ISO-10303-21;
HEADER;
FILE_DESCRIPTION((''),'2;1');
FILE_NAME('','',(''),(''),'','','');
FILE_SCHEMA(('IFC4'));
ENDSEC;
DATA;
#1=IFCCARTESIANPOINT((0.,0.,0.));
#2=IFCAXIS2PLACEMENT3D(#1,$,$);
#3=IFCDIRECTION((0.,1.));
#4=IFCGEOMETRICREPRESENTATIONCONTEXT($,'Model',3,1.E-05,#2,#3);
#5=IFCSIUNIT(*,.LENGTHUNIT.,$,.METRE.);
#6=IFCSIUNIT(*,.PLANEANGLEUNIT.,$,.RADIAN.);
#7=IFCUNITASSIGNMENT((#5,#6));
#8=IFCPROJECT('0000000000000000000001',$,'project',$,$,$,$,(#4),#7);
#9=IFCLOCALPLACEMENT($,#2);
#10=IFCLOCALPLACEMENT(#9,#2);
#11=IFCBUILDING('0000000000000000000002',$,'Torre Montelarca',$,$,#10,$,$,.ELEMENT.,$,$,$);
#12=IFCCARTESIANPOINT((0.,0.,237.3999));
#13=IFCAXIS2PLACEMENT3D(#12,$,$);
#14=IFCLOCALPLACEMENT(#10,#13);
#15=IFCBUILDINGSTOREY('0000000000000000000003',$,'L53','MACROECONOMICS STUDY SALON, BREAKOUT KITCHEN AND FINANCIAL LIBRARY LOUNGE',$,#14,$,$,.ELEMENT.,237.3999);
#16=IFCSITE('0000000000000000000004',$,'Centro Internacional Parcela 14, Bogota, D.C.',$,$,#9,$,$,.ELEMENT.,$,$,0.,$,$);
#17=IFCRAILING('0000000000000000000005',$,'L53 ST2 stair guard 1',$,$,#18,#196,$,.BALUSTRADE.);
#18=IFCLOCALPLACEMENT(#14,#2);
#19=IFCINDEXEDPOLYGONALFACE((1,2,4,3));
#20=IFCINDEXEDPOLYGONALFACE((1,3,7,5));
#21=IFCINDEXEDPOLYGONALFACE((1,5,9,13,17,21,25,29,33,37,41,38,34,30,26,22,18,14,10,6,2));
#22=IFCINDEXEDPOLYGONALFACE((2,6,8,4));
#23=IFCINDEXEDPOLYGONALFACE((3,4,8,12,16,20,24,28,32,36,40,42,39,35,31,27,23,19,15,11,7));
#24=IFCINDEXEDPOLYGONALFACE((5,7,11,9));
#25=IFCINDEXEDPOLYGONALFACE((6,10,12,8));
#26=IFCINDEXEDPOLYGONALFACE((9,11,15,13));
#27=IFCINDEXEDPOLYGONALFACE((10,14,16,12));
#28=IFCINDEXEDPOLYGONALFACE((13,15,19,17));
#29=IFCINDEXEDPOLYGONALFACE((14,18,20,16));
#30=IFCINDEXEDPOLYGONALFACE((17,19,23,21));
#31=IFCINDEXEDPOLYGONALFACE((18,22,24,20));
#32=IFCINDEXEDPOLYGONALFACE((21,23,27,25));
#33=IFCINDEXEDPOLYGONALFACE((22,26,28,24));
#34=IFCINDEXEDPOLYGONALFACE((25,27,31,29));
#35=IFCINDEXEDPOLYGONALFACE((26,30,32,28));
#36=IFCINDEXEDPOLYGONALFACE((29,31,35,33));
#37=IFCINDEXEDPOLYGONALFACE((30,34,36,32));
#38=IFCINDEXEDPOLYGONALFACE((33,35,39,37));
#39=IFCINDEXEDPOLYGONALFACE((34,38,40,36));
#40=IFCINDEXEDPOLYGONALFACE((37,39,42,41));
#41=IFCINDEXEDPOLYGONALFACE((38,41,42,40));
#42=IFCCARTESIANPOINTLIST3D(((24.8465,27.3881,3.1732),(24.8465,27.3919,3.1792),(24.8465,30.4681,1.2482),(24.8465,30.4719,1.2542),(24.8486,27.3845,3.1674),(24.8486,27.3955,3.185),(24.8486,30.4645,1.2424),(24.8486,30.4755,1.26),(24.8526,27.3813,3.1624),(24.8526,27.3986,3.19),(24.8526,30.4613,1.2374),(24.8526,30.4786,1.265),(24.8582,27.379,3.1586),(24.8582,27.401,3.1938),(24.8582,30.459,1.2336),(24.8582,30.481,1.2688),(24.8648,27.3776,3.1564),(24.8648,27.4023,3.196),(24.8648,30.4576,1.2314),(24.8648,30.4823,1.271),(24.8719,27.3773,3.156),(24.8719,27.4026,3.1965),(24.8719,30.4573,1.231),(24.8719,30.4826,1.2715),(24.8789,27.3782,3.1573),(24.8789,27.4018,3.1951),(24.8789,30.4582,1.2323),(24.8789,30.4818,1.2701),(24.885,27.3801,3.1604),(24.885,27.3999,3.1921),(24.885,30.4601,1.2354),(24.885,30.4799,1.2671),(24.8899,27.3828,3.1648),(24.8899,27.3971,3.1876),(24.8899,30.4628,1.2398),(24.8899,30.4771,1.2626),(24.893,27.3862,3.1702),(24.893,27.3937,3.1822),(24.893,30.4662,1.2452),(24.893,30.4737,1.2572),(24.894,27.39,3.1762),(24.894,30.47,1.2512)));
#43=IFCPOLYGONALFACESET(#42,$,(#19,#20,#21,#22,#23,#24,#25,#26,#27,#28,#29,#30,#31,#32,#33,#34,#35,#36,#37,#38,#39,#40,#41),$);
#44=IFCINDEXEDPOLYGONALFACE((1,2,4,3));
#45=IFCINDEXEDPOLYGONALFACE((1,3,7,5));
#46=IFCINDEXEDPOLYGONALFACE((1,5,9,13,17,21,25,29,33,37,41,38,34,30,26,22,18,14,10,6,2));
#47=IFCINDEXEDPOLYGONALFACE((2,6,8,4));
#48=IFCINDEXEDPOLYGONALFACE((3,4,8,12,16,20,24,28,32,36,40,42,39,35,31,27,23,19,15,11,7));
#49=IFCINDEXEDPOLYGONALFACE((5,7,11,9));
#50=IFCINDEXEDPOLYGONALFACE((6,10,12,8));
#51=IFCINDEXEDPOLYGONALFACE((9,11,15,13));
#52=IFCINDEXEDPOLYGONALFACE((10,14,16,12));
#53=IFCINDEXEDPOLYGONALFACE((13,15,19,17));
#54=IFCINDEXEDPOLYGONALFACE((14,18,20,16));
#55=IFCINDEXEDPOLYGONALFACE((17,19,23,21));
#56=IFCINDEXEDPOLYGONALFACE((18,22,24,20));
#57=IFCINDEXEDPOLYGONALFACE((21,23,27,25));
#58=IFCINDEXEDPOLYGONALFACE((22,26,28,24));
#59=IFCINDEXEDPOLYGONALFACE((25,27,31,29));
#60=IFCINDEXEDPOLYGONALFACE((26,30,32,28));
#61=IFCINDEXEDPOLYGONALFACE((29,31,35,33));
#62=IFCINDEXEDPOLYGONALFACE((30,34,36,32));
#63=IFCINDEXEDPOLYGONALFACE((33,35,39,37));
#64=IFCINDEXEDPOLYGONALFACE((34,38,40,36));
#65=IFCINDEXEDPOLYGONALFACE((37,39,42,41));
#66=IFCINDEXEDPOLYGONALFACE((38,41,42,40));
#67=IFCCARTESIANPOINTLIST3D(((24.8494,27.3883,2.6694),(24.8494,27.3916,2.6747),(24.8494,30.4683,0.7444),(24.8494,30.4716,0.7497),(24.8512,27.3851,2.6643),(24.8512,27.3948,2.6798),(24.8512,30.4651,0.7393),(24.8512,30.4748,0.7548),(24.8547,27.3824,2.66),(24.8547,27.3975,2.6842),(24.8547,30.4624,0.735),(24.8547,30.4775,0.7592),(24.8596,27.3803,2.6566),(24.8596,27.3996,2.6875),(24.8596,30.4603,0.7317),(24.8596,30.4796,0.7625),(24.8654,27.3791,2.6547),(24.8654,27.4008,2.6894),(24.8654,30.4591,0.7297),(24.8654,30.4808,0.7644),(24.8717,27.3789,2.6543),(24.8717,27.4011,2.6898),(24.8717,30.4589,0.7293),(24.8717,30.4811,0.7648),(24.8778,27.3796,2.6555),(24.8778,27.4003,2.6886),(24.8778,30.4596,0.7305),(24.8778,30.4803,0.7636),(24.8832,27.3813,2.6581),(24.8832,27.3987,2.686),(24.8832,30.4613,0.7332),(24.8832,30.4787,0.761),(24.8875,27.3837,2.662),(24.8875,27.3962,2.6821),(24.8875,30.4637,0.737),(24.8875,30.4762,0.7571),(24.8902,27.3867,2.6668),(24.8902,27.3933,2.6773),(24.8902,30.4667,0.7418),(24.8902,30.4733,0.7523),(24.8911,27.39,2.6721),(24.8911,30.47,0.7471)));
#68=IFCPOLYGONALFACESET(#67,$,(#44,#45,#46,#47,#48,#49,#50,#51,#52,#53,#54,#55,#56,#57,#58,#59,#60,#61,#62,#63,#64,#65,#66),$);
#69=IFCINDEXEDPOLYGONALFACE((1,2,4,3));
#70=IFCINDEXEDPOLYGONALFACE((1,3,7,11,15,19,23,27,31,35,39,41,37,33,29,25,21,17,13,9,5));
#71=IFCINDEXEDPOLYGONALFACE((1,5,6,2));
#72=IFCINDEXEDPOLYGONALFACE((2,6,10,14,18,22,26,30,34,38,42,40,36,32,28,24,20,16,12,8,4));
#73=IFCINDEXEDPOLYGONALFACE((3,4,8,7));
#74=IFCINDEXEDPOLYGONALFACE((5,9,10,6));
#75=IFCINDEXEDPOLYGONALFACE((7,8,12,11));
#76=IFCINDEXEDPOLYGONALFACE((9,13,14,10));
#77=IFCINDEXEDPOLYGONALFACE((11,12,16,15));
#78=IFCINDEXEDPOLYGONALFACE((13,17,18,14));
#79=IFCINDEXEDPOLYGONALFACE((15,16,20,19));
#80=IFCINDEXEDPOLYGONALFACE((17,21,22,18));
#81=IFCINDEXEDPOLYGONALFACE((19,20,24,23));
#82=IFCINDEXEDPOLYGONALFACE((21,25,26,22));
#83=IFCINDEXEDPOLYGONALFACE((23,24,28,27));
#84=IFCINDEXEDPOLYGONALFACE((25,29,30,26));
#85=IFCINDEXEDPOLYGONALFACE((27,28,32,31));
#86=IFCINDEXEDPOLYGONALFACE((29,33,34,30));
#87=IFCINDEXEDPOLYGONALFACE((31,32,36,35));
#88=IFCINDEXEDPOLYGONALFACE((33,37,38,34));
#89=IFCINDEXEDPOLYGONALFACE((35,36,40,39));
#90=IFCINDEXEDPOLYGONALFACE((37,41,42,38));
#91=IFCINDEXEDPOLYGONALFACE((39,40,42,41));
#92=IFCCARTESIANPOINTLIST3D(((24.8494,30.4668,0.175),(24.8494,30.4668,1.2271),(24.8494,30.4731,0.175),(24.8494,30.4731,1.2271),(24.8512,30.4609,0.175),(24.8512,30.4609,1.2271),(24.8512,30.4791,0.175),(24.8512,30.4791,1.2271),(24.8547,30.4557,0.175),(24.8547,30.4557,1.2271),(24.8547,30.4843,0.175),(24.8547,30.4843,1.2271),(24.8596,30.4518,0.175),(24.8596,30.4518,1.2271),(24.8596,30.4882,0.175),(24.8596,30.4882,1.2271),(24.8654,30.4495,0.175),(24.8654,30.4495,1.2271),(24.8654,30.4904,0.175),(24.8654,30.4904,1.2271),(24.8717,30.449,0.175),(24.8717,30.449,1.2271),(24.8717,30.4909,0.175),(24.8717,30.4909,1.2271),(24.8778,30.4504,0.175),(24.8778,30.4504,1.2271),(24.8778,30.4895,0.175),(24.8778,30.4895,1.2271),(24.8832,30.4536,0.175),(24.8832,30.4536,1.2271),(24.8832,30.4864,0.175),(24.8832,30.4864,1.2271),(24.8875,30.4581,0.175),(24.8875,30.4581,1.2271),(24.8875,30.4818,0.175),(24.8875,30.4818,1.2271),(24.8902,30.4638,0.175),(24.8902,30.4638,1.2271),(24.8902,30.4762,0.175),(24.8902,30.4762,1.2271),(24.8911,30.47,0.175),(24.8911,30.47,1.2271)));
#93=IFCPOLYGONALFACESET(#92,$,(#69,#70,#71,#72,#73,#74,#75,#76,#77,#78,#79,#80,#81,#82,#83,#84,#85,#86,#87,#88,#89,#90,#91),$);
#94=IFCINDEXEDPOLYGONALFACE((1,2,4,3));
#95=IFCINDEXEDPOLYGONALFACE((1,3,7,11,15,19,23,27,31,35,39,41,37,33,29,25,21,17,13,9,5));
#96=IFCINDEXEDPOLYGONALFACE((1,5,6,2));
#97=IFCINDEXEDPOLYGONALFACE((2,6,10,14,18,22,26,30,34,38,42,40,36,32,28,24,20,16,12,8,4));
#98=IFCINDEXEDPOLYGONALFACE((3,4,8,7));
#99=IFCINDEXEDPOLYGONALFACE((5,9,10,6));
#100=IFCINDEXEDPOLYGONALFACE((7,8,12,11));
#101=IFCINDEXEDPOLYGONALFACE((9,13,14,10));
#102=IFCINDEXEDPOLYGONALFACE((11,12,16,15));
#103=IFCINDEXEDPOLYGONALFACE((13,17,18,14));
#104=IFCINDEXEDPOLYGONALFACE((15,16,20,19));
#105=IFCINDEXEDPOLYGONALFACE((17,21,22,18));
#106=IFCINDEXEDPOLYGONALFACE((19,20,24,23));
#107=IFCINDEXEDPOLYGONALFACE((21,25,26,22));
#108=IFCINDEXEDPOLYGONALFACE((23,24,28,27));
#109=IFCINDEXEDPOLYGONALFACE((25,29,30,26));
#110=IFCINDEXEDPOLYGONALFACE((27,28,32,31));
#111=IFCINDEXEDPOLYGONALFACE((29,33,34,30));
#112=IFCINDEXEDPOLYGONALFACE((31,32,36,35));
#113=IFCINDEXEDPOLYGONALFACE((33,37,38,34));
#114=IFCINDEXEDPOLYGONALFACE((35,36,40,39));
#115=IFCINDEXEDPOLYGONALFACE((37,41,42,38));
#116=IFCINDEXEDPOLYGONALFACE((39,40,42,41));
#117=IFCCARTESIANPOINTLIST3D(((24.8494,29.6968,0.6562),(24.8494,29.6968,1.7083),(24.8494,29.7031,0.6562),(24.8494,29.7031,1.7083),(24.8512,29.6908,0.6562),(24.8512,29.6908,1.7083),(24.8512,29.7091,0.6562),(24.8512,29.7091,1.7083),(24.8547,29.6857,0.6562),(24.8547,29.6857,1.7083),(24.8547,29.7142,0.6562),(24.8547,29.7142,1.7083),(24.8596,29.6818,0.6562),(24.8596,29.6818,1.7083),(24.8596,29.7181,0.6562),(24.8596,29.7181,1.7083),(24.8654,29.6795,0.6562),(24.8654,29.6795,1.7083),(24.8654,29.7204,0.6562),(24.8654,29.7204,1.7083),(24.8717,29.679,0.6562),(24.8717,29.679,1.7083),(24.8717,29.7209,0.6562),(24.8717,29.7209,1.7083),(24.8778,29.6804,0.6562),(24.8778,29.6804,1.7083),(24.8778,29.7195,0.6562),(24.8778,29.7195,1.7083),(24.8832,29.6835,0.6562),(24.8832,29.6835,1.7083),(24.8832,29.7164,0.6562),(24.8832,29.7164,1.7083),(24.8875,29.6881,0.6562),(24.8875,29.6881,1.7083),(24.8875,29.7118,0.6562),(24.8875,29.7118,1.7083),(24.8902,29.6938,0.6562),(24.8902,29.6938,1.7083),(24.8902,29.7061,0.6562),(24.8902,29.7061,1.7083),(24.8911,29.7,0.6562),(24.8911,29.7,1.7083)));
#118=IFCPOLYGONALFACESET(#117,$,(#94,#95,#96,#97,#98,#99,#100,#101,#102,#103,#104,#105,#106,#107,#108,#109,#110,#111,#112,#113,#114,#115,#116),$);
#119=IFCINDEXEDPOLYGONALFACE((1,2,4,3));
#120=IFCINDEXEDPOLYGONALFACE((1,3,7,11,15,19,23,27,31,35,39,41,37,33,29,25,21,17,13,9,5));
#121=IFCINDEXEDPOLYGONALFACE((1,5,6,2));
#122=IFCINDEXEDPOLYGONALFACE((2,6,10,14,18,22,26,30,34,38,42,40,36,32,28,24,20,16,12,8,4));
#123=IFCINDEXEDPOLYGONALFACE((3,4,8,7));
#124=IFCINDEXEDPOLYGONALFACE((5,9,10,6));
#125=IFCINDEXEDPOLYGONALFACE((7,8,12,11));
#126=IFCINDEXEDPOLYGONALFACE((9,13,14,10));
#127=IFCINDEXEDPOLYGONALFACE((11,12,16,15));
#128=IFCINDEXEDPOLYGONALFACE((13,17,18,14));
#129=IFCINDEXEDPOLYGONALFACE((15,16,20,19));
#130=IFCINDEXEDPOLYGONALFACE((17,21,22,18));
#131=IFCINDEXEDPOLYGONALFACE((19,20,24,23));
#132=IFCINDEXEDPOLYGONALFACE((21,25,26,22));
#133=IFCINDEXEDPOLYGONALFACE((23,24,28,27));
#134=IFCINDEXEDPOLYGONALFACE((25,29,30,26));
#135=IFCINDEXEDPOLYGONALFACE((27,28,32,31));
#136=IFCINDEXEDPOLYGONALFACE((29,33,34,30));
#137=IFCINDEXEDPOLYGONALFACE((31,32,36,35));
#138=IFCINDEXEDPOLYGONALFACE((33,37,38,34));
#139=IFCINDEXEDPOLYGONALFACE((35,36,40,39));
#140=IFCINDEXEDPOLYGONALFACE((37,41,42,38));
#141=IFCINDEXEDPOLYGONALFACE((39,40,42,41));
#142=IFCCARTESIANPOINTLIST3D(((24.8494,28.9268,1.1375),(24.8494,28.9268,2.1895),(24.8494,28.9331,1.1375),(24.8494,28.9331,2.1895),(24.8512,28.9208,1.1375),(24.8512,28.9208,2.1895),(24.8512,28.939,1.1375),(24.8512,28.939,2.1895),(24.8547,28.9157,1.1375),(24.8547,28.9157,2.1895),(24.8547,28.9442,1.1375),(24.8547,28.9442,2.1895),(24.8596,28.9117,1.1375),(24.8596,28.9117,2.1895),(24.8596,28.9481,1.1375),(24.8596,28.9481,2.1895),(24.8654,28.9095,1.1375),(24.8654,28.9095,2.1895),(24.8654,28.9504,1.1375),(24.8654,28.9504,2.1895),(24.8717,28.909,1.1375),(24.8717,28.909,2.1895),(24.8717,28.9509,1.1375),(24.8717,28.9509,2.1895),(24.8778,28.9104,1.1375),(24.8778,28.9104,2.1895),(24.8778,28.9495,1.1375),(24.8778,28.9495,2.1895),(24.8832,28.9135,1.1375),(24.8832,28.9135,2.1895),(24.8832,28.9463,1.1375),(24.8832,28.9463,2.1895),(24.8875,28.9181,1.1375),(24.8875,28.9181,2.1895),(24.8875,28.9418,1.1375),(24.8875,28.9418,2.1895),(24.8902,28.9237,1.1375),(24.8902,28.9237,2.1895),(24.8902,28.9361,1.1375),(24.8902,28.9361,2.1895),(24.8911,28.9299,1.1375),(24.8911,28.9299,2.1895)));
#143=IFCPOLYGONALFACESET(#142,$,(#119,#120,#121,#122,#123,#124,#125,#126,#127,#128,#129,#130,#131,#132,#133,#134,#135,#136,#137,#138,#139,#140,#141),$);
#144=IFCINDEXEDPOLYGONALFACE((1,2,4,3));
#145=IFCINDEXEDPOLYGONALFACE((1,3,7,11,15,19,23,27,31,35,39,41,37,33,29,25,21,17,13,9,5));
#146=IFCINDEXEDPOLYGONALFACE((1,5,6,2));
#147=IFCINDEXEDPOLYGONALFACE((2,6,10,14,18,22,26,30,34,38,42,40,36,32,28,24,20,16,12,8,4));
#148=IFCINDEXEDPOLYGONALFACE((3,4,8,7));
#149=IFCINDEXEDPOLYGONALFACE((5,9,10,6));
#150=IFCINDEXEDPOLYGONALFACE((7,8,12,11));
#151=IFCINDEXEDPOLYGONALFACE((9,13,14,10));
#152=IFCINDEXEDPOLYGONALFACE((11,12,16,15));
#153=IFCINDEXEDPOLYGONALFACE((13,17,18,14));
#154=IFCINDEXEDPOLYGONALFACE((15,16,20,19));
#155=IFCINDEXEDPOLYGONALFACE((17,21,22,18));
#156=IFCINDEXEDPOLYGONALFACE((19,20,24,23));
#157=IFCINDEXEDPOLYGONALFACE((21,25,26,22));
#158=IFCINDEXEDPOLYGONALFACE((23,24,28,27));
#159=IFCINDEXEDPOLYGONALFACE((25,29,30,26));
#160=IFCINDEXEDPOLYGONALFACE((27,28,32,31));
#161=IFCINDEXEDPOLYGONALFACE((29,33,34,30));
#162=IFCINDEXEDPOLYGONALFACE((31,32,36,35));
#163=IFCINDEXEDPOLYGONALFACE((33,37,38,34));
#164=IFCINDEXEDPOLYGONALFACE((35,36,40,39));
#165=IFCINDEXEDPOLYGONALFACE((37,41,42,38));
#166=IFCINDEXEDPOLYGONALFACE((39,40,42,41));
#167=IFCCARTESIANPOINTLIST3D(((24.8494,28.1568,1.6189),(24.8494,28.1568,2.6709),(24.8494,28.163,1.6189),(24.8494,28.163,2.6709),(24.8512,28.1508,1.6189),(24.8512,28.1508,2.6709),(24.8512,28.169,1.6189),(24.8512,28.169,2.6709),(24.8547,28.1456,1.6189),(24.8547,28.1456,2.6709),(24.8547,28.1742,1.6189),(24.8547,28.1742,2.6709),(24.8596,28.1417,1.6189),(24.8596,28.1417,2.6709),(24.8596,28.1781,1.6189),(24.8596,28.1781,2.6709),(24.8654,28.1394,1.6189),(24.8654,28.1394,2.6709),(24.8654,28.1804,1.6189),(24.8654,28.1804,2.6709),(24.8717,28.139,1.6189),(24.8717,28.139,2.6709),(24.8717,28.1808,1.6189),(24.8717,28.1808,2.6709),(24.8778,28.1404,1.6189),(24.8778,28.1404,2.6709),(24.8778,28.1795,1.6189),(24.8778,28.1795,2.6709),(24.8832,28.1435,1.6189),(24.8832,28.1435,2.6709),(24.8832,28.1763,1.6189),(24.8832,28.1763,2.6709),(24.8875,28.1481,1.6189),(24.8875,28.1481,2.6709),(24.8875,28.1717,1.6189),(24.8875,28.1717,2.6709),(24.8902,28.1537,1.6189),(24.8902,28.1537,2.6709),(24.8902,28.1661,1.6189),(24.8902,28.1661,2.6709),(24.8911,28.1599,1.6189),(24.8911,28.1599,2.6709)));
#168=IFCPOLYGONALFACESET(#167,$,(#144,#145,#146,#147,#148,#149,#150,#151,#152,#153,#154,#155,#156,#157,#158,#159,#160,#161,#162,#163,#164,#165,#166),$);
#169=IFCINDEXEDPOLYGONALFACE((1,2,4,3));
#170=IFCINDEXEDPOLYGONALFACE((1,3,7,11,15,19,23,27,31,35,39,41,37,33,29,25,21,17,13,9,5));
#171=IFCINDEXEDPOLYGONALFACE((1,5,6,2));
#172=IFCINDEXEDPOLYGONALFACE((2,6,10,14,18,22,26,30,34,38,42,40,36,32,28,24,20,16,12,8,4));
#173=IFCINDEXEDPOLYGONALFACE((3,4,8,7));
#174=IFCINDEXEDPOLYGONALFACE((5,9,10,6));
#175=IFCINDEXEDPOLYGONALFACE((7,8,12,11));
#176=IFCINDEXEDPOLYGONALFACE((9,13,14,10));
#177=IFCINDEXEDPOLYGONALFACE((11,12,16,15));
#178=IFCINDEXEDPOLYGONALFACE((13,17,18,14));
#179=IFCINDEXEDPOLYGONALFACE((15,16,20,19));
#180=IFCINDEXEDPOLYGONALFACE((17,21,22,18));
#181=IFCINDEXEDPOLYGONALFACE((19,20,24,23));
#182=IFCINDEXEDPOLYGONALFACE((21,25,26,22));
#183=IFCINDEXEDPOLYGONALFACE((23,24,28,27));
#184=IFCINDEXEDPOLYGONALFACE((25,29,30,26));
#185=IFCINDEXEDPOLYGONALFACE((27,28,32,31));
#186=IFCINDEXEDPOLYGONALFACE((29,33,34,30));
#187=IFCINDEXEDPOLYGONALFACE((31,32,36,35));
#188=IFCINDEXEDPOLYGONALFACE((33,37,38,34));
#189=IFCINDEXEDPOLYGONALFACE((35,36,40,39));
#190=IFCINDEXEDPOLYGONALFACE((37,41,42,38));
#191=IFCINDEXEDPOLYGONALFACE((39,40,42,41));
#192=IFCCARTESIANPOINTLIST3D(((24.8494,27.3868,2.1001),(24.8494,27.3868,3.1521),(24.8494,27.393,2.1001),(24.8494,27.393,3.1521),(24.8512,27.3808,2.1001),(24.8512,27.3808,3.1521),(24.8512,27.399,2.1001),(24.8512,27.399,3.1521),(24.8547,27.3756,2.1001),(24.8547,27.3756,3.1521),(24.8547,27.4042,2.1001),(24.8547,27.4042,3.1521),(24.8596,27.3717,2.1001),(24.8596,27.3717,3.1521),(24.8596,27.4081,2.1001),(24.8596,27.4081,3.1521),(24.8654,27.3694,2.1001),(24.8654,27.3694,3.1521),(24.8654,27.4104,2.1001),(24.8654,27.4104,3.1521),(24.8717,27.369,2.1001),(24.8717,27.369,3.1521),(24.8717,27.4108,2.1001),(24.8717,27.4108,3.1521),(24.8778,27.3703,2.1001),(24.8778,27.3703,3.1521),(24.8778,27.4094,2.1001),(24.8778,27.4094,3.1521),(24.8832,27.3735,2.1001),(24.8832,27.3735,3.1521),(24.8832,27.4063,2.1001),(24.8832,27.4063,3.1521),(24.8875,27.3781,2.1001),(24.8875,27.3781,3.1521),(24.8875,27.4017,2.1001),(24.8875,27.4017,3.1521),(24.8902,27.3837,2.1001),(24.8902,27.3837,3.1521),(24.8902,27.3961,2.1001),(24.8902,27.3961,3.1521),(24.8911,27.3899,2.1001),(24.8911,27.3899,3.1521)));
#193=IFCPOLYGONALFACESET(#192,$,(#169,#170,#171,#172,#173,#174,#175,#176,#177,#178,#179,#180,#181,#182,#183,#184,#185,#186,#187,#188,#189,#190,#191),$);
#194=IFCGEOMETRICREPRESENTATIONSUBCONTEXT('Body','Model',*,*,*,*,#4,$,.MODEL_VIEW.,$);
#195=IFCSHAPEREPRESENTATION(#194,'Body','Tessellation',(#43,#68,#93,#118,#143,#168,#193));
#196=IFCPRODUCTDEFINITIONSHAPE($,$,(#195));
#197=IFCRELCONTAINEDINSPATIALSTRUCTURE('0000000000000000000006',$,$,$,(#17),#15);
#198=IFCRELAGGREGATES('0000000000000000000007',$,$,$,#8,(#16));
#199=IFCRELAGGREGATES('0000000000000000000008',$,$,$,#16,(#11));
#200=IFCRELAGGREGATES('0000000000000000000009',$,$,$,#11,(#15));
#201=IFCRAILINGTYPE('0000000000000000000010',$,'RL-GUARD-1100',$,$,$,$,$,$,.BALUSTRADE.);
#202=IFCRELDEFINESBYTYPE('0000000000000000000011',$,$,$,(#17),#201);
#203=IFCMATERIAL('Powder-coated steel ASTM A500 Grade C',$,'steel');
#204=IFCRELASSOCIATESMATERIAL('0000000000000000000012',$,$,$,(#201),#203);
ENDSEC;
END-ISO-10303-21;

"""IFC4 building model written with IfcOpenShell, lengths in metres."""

from ifc_helpers import new_model, si_unit, direction, frame, origin, origin_2d, place, context, subcontext, project, spatial, circle, extrude, material, type_object, element, save


model = new_model("IFC4")

# Units and contexts
model_context = context("Model", 3, precision=1e-05, world=origin(), true_north=direction((0.0, 1.0)))
body_context = subcontext(model_context, "Body", "Model", "MODEL_VIEW")
ifc_project = project(units=[si_unit("LENGTHUNIT", "METRE"), si_unit("PLANEANGLEUNIT", "RADIAN")], contexts=[model_context])

# Site, building, storey
site_placement = place(None, origin())
site = spatial("IfcSite", under=ifc_project, at=site_placement, Name="Centro Internacional Parcela 14, Bogota, D.C.", CompositionType="ELEMENT", RefElevation=0.0)
building_placement = place(site_placement, origin())
building = spatial("IfcBuilding", under=site, at=building_placement, Name="Torre Montelarca", CompositionType="ELEMENT")
storey_placement = place(building_placement, frame((0.0, 0.0, 237.3999)))
storey = spatial("IfcBuildingStorey", under=building, at=storey_placement, Name="L53", Description="MACROECONOMICS STUDY SALON, BREAKOUT KITCHEN AND FINANCIAL LIBRARY LOUNGE", CompositionType="ELEMENT", Elevation=237.3999)

# Railing
ifc_material_1 = material(Name="Powder-coated steel ASTM A500 Grade C", Category="steel")
railing_type_1 = type_object("IfcRailingType", Name="RL-GUARD-1100", PredefinedType="BALUSTRADE", material=ifc_material_1)
railing_1_placement = place(storey_placement, frame((24.8701, 30.47, 0.175)))
element("IfcRailing", 1, at=railing_1_placement, inside=storey, type_object=railing_type_1, Name="L53 ST2 stair guard 1", PredefinedType="BALUSTRADE", context=body_context, shape_type="SweptSolid", body=[
    extrude(circle(Radius=0.0239, at=origin_2d()), frame((0.0, 0.0, 1.0762), z_axis=(0.0, -0.847998, 0.529999), x_axis=(1.0, 0.0, 0.0)), (0.0, 0.0, 1.0), 3.6321),
    extrude(circle(Radius=0.021, at=origin_2d()), frame((0.0, 0.0, 0.572), z_axis=(0.0, -0.847998, 0.529999), x_axis=(1.0, 0.0, 0.0)), (0.0, 0.0, 1.0), 3.6321),
    extrude(circle(Radius=0.021, at=origin_2d()), origin(), (0.0, 0.0, 1.0), 1.052),
    extrude(circle(Radius=0.021, at=origin_2d()), frame((0.0, -0.77, 0.4812)), (0.0, 0.0, 1.0), 1.052),
    extrude(circle(Radius=0.021, at=origin_2d()), frame((0.0, -1.54, 0.9624)), (0.0, 0.0, 1.0), 1.052),
    extrude(circle(Radius=0.021, at=origin_2d()), frame((0.0, -2.3101, 1.4438)), (0.0, 0.0, 1.0), 1.052),
    extrude(circle(Radius=0.021, at=origin_2d()), frame((0.0, -3.0801, 1.925)), (0.0, 0.0, 1.0), 1.052),
])

save(model, "model.ifc")
